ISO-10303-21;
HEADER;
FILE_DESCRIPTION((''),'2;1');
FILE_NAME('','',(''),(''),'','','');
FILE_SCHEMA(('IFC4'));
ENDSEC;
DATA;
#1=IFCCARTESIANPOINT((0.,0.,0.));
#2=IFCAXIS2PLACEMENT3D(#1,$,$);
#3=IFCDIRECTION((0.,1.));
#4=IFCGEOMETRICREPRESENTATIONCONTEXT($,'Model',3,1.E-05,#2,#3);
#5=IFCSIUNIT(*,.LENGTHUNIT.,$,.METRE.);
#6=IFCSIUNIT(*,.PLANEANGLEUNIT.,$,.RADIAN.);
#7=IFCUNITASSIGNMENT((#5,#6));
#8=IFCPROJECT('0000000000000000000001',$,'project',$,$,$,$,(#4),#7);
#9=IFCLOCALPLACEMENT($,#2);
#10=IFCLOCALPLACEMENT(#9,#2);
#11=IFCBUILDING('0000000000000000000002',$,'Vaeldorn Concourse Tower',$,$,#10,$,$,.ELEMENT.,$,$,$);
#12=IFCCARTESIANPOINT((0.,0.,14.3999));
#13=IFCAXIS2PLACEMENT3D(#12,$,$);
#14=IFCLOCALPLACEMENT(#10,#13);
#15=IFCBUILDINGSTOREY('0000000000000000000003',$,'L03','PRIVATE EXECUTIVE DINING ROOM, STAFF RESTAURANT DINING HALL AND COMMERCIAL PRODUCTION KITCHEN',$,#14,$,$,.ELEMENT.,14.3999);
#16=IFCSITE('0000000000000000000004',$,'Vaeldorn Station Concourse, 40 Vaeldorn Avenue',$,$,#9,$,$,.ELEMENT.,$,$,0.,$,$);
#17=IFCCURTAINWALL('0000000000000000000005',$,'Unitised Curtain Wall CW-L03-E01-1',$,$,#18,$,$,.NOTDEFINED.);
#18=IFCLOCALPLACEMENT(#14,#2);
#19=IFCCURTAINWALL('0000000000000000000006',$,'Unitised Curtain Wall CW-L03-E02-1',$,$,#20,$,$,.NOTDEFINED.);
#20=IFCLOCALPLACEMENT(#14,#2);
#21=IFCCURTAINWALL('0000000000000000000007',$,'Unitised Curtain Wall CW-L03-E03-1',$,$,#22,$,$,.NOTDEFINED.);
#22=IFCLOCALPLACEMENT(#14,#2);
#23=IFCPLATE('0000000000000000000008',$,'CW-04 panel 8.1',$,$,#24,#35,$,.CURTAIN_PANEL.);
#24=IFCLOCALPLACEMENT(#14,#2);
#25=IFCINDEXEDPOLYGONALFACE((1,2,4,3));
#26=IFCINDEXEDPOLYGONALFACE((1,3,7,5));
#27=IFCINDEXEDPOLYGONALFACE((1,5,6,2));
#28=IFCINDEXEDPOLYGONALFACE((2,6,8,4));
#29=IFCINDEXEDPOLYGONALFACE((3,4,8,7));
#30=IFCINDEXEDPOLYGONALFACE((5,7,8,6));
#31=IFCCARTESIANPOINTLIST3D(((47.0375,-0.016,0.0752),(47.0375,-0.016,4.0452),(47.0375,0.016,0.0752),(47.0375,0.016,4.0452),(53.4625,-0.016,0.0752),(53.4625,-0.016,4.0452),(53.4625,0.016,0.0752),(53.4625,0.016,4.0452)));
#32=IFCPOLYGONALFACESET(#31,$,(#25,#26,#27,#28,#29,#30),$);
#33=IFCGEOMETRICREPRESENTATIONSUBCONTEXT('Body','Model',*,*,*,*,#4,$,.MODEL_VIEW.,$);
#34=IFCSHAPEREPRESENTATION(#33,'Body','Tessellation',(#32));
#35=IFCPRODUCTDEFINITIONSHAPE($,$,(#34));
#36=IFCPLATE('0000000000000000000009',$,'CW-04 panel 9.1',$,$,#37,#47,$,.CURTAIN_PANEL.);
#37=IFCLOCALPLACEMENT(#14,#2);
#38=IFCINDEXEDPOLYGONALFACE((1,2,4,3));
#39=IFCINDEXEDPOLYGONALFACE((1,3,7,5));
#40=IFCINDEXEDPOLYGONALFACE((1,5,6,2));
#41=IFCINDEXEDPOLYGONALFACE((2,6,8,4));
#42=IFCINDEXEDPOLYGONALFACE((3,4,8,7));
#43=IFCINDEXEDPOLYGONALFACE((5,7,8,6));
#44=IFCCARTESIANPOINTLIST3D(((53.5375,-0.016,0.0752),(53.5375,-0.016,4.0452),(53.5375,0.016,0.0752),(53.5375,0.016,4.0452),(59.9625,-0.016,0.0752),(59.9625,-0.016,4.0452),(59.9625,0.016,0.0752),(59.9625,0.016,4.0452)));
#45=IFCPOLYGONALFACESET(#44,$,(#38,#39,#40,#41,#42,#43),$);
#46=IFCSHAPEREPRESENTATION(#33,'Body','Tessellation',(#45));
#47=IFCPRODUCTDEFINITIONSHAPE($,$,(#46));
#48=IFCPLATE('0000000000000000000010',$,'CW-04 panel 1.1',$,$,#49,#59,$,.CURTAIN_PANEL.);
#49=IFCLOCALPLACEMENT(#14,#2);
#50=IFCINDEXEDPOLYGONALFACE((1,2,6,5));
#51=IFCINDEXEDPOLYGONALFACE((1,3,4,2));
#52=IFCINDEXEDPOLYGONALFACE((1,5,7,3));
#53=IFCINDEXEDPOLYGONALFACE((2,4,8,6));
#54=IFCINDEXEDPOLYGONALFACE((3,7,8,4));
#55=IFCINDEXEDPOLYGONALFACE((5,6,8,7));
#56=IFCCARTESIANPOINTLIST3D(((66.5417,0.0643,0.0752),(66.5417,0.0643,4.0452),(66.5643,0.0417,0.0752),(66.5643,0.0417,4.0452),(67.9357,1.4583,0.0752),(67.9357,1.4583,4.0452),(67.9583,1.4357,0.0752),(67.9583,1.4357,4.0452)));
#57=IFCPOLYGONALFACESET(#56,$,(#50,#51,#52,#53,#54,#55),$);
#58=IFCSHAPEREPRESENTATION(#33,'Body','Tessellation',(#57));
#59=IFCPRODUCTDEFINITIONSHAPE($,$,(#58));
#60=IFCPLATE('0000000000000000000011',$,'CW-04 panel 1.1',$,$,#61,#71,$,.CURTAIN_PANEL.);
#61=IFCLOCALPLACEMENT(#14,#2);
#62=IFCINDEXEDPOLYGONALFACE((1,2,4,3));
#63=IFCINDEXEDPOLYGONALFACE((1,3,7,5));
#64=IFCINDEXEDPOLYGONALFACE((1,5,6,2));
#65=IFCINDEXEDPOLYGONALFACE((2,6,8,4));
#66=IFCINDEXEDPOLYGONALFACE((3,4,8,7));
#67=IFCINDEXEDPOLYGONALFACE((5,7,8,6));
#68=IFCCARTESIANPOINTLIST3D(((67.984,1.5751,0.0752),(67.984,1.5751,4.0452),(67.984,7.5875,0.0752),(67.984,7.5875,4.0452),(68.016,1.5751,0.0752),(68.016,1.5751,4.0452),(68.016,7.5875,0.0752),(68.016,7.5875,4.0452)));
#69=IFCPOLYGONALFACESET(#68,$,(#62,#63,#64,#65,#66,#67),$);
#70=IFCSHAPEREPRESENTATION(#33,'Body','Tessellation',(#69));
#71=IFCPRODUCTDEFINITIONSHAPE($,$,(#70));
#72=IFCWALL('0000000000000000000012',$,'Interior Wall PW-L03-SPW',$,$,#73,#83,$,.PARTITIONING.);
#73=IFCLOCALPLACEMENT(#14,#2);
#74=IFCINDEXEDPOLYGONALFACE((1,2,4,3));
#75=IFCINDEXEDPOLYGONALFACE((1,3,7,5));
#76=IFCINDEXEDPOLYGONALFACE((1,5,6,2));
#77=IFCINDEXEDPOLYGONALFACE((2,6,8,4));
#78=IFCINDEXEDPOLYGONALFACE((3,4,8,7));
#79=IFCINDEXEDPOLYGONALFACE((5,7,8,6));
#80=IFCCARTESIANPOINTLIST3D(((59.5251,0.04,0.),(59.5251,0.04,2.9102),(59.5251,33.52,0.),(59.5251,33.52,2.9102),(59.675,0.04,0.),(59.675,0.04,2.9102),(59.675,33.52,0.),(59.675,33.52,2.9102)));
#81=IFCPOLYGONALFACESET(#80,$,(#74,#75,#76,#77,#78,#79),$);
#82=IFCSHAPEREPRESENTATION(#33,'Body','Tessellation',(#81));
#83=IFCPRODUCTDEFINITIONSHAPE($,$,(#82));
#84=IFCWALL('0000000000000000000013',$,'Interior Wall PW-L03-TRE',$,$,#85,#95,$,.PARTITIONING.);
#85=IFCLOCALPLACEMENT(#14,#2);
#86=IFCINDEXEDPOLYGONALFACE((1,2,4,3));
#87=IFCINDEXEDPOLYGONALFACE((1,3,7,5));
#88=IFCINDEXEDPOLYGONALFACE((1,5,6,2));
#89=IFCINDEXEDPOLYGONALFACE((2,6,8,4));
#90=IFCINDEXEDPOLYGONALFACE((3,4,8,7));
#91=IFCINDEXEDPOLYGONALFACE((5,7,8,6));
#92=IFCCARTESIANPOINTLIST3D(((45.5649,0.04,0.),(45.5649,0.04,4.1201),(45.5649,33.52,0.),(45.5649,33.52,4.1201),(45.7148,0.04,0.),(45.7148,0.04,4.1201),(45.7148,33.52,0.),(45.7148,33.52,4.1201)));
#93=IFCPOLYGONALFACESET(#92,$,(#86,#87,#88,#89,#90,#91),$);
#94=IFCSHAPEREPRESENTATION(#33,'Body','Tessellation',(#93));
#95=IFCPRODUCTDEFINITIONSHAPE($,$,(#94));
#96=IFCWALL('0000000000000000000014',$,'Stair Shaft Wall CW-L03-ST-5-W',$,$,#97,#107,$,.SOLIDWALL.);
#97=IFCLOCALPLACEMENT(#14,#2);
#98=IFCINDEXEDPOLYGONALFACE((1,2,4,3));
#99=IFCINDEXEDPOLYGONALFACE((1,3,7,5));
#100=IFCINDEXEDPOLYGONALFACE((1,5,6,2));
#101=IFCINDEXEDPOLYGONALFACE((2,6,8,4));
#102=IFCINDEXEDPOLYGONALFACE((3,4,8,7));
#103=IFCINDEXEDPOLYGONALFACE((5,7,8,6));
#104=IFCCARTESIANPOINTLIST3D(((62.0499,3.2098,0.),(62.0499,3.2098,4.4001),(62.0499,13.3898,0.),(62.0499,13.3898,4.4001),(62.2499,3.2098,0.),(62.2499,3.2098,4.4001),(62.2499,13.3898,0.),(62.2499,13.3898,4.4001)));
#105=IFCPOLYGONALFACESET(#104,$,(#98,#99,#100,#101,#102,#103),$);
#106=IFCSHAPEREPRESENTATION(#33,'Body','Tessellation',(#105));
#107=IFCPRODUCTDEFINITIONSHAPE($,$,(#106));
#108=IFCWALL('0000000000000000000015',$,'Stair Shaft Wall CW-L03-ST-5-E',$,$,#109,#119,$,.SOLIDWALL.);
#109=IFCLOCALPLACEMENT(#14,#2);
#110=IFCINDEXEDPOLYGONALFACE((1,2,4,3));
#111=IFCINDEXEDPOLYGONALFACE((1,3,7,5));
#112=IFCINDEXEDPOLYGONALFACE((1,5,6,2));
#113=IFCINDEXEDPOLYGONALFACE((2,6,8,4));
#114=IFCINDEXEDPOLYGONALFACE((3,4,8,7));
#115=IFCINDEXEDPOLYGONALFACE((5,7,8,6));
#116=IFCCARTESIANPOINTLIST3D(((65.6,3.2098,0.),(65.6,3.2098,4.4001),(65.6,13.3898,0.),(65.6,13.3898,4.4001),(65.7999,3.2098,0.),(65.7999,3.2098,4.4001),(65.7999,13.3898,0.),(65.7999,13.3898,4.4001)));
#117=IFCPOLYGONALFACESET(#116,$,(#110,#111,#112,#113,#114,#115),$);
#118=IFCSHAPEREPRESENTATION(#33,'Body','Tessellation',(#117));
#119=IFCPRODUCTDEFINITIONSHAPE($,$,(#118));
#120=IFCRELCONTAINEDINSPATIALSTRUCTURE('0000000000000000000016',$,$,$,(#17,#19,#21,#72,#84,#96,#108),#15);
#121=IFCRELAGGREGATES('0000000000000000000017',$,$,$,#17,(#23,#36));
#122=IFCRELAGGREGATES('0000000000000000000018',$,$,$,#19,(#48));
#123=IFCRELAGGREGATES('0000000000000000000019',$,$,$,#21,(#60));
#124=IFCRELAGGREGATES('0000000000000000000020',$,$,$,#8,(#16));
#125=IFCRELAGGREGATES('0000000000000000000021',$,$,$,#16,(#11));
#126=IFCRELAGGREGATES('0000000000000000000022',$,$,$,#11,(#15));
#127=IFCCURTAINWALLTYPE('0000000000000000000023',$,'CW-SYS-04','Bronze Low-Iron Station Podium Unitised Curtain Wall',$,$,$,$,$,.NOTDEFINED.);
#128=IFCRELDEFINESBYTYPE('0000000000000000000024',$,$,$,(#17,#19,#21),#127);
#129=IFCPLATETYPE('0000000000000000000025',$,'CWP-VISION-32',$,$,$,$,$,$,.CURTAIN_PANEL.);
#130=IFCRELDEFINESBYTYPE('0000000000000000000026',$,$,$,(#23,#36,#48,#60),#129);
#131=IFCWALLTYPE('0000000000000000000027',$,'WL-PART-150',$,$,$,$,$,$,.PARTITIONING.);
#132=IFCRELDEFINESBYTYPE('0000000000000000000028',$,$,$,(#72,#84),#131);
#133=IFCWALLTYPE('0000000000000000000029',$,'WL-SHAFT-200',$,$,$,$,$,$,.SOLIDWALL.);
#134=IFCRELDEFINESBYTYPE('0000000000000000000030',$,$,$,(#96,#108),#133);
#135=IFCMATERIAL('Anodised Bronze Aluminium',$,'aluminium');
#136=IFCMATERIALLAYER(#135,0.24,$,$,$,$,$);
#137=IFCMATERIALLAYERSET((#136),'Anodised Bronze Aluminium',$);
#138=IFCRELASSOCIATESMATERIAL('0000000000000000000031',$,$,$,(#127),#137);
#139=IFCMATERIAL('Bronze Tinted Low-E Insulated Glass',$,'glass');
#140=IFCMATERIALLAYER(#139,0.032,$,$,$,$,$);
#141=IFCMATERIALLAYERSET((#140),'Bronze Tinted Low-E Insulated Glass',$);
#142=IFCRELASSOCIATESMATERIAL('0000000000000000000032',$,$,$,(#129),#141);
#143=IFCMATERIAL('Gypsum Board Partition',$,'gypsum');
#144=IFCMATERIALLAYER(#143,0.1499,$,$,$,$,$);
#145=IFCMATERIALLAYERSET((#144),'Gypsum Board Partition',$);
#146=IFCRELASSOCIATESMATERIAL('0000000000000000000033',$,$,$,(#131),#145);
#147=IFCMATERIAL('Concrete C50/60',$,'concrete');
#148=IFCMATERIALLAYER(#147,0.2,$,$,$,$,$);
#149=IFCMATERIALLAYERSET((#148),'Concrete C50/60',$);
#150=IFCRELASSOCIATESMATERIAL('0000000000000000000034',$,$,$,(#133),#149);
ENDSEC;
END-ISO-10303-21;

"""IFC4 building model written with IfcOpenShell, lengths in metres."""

from ifc_helpers import new_model, si_unit, direction, frame, frame_2d, origin, origin_2d, place, context, subcontext, project, spatial, rectangle, extrude, source, transform, mapped, material, layer, layer_set, type_object, element, aggregate, save


model = new_model("IFC4")

# Units and contexts
model_context = context("Model", 3, precision=1e-05, world=origin(), true_north=direction((0.0, 1.0)))
body_context = subcontext(model_context, "Body", "Model", "MODEL_VIEW")
ifc_project = project(units=[si_unit("LENGTHUNIT", "METRE"), si_unit("PLANEANGLEUNIT", "RADIAN")], contexts=[model_context])

# Site, building, storey
site_placement = place(None, origin())
site = spatial("IfcSite", under=ifc_project, at=site_placement, Name="Vaeldorn Station Concourse, 40 Vaeldorn Avenue", CompositionType="ELEMENT", RefElevation=0.0)
building_placement = place(site_placement, origin())
building = spatial("IfcBuilding", under=site, at=building_placement, Name="Vaeldorn Concourse Tower", CompositionType="ELEMENT")
storey_placement = place(building_placement, frame((0.0, 0.0, 14.3999)))
storey = spatial("IfcBuildingStorey", under=building, at=storey_placement, Name="L03", Description="PRIVATE EXECUTIVE DINING ROOM, STAFF RESTAURANT DINING HALL AND COMMERCIAL PRODUCTION KITCHEN", CompositionType="ELEMENT", Elevation=14.3999)

# Curtain walls
ifc_material_1 = material(Name="Anodised Bronze Aluminium", Category="aluminium")
ifc_layer_1 = layer(ifc_material_1, 0.24)
ifc_layer_set_1 = layer_set([ifc_layer_1], Name="Anodised Bronze Aluminium")
curtain_wall_type = type_object("IfcCurtainWallType", Name="CW-SYS-04", Description="Bronze Low-Iron Station Podium Unitised Curtain Wall", PredefinedType="NOTDEFINED", material=ifc_layer_set_1)
curtain_wall_1_placement = place(storey_placement, origin())
curtain_wall_1 = element("IfcCurtainWall", 1, at=curtain_wall_1_placement, inside=storey, type_object=curtain_wall_type, Name="Unitised Curtain Wall CW-L03-E01-1", PredefinedType="NOTDEFINED")
curtain_wall_2_placement = place(storey_placement, origin())
curtain_wall_2 = element("IfcCurtainWall", 2, at=curtain_wall_2_placement, inside=storey, type_object=curtain_wall_type, Name="Unitised Curtain Wall CW-L03-E02-1", PredefinedType="NOTDEFINED")
curtain_wall_3_placement = place(storey_placement, origin())
curtain_wall_3 = element("IfcCurtainWall", 3, at=curtain_wall_3_placement, inside=storey, type_object=curtain_wall_type, Name="Unitised Curtain Wall CW-L03-E03-1", PredefinedType="NOTDEFINED")

# Plates
ifc_material_2 = material(Name="Bronze Tinted Low-E Insulated Glass", Category="glass")
ifc_layer_2 = layer(ifc_material_2, 0.032)
ifc_layer_set_2 = layer_set([ifc_layer_2], Name="Bronze Tinted Low-E Insulated Glass")
plate_type = type_object("IfcPlateType", Name="CWP-VISION-32", PredefinedType="CURTAIN_PANEL", material=ifc_layer_set_2)
shared_shape_1 = source(origin(), body_context, "Body", "SweptSolid", [
    extrude(rectangle(XDim=6.425, YDim=0.032, at=origin_2d()), origin(), (0.0, 0.0, 1.0), 3.97),
])
plate_1_placement = place(storey_placement, frame((50.25, 0.0, 0.0752), z_axis=(0.0, 0.0, 1.0), x_axis=(1.0, 0.0, 0.0)))
plate_1 = element("IfcPlate", 4, at=plate_1_placement, type_object=plate_type, Name="CW-04 panel 8.1", PredefinedType="CURTAIN_PANEL", context=body_context, shape_type="MappedRepresentation", body=[
    mapped(shared_shape_1, transform((0.0, 0.0, 0.0), scale=1.0)),
])
plate_2_placement = place(storey_placement, frame((56.75, 0.0, 0.0752), z_axis=(0.0, 0.0, 1.0), x_axis=(1.0, 0.0, 0.0)))
plate_2 = element("IfcPlate", 5, at=plate_2_placement, type_object=plate_type, Name="CW-04 panel 9.1", PredefinedType="CURTAIN_PANEL", context=body_context, shape_type="MappedRepresentation", body=[
    mapped(shared_shape_1, transform((0.0, 0.0, 0.0), scale=1.0)),
])
aggregate(curtain_wall_1, [plate_1, plate_2])
shared_shape_2 = source(origin(), body_context, "Body", "SweptSolid", [
    extrude(rectangle(XDim=1.9714, YDim=0.032, at=origin_2d()), origin(), (0.0, 0.0, 1.0), 3.97),
])
plate_3_placement = place(storey_placement, frame((67.25, 0.75, 0.0752), z_axis=(0.0, 0.0, 1.0), x_axis=(0.707107, 0.707107, 0.0)))
plate_3 = element("IfcPlate", 6, at=plate_3_placement, type_object=plate_type, Name="CW-04 panel 1.1", PredefinedType="CURTAIN_PANEL", context=body_context, shape_type="MappedRepresentation", body=[
    mapped(shared_shape_2, transform((0.0, 0.0, 0.0), scale=1.0)),
])
aggregate(curtain_wall_2, [plate_3])
shared_shape_3 = source(origin(), body_context, "Body", "SweptSolid", [
    extrude(rectangle(XDim=6.0125, YDim=0.032, at=origin_2d()), origin(), (0.0, 0.0, 1.0), 3.97),
])
plate_4_placement = place(storey_placement, frame((68.0, 4.5813, 0.0752), z_axis=(0.0, 0.0, 1.0), x_axis=(0.0, 1.0, 0.0)))
plate_4 = element("IfcPlate", 7, at=plate_4_placement, type_object=plate_type, Name="CW-04 panel 1.1", PredefinedType="CURTAIN_PANEL", context=body_context, shape_type="MappedRepresentation", body=[
    mapped(shared_shape_3, transform((0.0, 0.0, 0.0), scale=1.0)),
])
aggregate(curtain_wall_3, [plate_4])

# Walls
ifc_material_3 = material(Name="Gypsum Board Partition", Category="gypsum")
ifc_layer_3 = layer(ifc_material_3, 0.1499)
ifc_layer_set_3 = layer_set([ifc_layer_3], Name="Gypsum Board Partition")
wall_type_1 = type_object("IfcWallType", Name="WL-PART-150", PredefinedType="PARTITIONING", material=ifc_layer_set_3)
wall_1_placement = place(storey_placement, frame((59.6001, 0.04, 0.0), z_axis=(0.0, 0.0, 1.0), x_axis=(0.0, 1.0, 0.0)))
element("IfcWall", 8, at=wall_1_placement, inside=storey, type_object=wall_type_1, Name="Interior Wall PW-L03-SPW", PredefinedType="PARTITIONING", context=body_context, shape_type="SweptSolid", body=[
    extrude(rectangle(XDim=33.48, YDim=0.1499, at=frame_2d((16.74, 0.0))), origin(), (0.0, 0.0, 1.0), 2.9102),
])
wall_2_placement = place(storey_placement, frame((45.6399, 0.04, 0.0), z_axis=(0.0, 0.0, 1.0), x_axis=(0.0, 1.0, 0.0)))
element("IfcWall", 9, at=wall_2_placement, inside=storey, type_object=wall_type_1, Name="Interior Wall PW-L03-TRE", PredefinedType="PARTITIONING", context=body_context, shape_type="SweptSolid", body=[
    extrude(rectangle(XDim=33.48, YDim=0.1499, at=frame_2d((16.74, 0.0))), origin(), (0.0, 0.0, 1.0), 4.1201),
])

# Shared definitions
ifc_material_4 = material(Name="Concrete C50/60", Category="concrete")
ifc_layer_4 = layer(ifc_material_4, 0.2)
ifc_layer_set_4 = layer_set([ifc_layer_4], Name="Concrete C50/60")
wall_type_2 = type_object("IfcWallType", Name="WL-SHAFT-200", PredefinedType="SOLIDWALL", material=ifc_layer_set_4)

# Walls
for number, where, z_axis, x_axis, name in (
    (10, (62.1499, 3.21, 0.0), (0.0, 0.0, 1.0), (0.0, 1.0, 0.0), "Stair Shaft Wall CW-L03-ST-5-W"),
    (11, (65.7, 3.21, 0.0), (0.0, 0.0, 1.0), (0.0, 1.0, 0.0), "Stair Shaft Wall CW-L03-ST-5-E"),
):
    element("IfcWall", number, at=place(storey_placement, frame(where, z_axis=z_axis, x_axis=x_axis)), inside=storey, type_object=wall_type_2, Name=name, PredefinedType="SOLIDWALL", context=body_context, shape_type="SweptSolid", body=[
        extrude(rectangle(XDim=10.1799, YDim=0.2, at=frame_2d((5.0898, 0.0))), origin(), (0.0, 0.0, 1.0), 4.4001),
    ])

save(model, "model.ifc")
